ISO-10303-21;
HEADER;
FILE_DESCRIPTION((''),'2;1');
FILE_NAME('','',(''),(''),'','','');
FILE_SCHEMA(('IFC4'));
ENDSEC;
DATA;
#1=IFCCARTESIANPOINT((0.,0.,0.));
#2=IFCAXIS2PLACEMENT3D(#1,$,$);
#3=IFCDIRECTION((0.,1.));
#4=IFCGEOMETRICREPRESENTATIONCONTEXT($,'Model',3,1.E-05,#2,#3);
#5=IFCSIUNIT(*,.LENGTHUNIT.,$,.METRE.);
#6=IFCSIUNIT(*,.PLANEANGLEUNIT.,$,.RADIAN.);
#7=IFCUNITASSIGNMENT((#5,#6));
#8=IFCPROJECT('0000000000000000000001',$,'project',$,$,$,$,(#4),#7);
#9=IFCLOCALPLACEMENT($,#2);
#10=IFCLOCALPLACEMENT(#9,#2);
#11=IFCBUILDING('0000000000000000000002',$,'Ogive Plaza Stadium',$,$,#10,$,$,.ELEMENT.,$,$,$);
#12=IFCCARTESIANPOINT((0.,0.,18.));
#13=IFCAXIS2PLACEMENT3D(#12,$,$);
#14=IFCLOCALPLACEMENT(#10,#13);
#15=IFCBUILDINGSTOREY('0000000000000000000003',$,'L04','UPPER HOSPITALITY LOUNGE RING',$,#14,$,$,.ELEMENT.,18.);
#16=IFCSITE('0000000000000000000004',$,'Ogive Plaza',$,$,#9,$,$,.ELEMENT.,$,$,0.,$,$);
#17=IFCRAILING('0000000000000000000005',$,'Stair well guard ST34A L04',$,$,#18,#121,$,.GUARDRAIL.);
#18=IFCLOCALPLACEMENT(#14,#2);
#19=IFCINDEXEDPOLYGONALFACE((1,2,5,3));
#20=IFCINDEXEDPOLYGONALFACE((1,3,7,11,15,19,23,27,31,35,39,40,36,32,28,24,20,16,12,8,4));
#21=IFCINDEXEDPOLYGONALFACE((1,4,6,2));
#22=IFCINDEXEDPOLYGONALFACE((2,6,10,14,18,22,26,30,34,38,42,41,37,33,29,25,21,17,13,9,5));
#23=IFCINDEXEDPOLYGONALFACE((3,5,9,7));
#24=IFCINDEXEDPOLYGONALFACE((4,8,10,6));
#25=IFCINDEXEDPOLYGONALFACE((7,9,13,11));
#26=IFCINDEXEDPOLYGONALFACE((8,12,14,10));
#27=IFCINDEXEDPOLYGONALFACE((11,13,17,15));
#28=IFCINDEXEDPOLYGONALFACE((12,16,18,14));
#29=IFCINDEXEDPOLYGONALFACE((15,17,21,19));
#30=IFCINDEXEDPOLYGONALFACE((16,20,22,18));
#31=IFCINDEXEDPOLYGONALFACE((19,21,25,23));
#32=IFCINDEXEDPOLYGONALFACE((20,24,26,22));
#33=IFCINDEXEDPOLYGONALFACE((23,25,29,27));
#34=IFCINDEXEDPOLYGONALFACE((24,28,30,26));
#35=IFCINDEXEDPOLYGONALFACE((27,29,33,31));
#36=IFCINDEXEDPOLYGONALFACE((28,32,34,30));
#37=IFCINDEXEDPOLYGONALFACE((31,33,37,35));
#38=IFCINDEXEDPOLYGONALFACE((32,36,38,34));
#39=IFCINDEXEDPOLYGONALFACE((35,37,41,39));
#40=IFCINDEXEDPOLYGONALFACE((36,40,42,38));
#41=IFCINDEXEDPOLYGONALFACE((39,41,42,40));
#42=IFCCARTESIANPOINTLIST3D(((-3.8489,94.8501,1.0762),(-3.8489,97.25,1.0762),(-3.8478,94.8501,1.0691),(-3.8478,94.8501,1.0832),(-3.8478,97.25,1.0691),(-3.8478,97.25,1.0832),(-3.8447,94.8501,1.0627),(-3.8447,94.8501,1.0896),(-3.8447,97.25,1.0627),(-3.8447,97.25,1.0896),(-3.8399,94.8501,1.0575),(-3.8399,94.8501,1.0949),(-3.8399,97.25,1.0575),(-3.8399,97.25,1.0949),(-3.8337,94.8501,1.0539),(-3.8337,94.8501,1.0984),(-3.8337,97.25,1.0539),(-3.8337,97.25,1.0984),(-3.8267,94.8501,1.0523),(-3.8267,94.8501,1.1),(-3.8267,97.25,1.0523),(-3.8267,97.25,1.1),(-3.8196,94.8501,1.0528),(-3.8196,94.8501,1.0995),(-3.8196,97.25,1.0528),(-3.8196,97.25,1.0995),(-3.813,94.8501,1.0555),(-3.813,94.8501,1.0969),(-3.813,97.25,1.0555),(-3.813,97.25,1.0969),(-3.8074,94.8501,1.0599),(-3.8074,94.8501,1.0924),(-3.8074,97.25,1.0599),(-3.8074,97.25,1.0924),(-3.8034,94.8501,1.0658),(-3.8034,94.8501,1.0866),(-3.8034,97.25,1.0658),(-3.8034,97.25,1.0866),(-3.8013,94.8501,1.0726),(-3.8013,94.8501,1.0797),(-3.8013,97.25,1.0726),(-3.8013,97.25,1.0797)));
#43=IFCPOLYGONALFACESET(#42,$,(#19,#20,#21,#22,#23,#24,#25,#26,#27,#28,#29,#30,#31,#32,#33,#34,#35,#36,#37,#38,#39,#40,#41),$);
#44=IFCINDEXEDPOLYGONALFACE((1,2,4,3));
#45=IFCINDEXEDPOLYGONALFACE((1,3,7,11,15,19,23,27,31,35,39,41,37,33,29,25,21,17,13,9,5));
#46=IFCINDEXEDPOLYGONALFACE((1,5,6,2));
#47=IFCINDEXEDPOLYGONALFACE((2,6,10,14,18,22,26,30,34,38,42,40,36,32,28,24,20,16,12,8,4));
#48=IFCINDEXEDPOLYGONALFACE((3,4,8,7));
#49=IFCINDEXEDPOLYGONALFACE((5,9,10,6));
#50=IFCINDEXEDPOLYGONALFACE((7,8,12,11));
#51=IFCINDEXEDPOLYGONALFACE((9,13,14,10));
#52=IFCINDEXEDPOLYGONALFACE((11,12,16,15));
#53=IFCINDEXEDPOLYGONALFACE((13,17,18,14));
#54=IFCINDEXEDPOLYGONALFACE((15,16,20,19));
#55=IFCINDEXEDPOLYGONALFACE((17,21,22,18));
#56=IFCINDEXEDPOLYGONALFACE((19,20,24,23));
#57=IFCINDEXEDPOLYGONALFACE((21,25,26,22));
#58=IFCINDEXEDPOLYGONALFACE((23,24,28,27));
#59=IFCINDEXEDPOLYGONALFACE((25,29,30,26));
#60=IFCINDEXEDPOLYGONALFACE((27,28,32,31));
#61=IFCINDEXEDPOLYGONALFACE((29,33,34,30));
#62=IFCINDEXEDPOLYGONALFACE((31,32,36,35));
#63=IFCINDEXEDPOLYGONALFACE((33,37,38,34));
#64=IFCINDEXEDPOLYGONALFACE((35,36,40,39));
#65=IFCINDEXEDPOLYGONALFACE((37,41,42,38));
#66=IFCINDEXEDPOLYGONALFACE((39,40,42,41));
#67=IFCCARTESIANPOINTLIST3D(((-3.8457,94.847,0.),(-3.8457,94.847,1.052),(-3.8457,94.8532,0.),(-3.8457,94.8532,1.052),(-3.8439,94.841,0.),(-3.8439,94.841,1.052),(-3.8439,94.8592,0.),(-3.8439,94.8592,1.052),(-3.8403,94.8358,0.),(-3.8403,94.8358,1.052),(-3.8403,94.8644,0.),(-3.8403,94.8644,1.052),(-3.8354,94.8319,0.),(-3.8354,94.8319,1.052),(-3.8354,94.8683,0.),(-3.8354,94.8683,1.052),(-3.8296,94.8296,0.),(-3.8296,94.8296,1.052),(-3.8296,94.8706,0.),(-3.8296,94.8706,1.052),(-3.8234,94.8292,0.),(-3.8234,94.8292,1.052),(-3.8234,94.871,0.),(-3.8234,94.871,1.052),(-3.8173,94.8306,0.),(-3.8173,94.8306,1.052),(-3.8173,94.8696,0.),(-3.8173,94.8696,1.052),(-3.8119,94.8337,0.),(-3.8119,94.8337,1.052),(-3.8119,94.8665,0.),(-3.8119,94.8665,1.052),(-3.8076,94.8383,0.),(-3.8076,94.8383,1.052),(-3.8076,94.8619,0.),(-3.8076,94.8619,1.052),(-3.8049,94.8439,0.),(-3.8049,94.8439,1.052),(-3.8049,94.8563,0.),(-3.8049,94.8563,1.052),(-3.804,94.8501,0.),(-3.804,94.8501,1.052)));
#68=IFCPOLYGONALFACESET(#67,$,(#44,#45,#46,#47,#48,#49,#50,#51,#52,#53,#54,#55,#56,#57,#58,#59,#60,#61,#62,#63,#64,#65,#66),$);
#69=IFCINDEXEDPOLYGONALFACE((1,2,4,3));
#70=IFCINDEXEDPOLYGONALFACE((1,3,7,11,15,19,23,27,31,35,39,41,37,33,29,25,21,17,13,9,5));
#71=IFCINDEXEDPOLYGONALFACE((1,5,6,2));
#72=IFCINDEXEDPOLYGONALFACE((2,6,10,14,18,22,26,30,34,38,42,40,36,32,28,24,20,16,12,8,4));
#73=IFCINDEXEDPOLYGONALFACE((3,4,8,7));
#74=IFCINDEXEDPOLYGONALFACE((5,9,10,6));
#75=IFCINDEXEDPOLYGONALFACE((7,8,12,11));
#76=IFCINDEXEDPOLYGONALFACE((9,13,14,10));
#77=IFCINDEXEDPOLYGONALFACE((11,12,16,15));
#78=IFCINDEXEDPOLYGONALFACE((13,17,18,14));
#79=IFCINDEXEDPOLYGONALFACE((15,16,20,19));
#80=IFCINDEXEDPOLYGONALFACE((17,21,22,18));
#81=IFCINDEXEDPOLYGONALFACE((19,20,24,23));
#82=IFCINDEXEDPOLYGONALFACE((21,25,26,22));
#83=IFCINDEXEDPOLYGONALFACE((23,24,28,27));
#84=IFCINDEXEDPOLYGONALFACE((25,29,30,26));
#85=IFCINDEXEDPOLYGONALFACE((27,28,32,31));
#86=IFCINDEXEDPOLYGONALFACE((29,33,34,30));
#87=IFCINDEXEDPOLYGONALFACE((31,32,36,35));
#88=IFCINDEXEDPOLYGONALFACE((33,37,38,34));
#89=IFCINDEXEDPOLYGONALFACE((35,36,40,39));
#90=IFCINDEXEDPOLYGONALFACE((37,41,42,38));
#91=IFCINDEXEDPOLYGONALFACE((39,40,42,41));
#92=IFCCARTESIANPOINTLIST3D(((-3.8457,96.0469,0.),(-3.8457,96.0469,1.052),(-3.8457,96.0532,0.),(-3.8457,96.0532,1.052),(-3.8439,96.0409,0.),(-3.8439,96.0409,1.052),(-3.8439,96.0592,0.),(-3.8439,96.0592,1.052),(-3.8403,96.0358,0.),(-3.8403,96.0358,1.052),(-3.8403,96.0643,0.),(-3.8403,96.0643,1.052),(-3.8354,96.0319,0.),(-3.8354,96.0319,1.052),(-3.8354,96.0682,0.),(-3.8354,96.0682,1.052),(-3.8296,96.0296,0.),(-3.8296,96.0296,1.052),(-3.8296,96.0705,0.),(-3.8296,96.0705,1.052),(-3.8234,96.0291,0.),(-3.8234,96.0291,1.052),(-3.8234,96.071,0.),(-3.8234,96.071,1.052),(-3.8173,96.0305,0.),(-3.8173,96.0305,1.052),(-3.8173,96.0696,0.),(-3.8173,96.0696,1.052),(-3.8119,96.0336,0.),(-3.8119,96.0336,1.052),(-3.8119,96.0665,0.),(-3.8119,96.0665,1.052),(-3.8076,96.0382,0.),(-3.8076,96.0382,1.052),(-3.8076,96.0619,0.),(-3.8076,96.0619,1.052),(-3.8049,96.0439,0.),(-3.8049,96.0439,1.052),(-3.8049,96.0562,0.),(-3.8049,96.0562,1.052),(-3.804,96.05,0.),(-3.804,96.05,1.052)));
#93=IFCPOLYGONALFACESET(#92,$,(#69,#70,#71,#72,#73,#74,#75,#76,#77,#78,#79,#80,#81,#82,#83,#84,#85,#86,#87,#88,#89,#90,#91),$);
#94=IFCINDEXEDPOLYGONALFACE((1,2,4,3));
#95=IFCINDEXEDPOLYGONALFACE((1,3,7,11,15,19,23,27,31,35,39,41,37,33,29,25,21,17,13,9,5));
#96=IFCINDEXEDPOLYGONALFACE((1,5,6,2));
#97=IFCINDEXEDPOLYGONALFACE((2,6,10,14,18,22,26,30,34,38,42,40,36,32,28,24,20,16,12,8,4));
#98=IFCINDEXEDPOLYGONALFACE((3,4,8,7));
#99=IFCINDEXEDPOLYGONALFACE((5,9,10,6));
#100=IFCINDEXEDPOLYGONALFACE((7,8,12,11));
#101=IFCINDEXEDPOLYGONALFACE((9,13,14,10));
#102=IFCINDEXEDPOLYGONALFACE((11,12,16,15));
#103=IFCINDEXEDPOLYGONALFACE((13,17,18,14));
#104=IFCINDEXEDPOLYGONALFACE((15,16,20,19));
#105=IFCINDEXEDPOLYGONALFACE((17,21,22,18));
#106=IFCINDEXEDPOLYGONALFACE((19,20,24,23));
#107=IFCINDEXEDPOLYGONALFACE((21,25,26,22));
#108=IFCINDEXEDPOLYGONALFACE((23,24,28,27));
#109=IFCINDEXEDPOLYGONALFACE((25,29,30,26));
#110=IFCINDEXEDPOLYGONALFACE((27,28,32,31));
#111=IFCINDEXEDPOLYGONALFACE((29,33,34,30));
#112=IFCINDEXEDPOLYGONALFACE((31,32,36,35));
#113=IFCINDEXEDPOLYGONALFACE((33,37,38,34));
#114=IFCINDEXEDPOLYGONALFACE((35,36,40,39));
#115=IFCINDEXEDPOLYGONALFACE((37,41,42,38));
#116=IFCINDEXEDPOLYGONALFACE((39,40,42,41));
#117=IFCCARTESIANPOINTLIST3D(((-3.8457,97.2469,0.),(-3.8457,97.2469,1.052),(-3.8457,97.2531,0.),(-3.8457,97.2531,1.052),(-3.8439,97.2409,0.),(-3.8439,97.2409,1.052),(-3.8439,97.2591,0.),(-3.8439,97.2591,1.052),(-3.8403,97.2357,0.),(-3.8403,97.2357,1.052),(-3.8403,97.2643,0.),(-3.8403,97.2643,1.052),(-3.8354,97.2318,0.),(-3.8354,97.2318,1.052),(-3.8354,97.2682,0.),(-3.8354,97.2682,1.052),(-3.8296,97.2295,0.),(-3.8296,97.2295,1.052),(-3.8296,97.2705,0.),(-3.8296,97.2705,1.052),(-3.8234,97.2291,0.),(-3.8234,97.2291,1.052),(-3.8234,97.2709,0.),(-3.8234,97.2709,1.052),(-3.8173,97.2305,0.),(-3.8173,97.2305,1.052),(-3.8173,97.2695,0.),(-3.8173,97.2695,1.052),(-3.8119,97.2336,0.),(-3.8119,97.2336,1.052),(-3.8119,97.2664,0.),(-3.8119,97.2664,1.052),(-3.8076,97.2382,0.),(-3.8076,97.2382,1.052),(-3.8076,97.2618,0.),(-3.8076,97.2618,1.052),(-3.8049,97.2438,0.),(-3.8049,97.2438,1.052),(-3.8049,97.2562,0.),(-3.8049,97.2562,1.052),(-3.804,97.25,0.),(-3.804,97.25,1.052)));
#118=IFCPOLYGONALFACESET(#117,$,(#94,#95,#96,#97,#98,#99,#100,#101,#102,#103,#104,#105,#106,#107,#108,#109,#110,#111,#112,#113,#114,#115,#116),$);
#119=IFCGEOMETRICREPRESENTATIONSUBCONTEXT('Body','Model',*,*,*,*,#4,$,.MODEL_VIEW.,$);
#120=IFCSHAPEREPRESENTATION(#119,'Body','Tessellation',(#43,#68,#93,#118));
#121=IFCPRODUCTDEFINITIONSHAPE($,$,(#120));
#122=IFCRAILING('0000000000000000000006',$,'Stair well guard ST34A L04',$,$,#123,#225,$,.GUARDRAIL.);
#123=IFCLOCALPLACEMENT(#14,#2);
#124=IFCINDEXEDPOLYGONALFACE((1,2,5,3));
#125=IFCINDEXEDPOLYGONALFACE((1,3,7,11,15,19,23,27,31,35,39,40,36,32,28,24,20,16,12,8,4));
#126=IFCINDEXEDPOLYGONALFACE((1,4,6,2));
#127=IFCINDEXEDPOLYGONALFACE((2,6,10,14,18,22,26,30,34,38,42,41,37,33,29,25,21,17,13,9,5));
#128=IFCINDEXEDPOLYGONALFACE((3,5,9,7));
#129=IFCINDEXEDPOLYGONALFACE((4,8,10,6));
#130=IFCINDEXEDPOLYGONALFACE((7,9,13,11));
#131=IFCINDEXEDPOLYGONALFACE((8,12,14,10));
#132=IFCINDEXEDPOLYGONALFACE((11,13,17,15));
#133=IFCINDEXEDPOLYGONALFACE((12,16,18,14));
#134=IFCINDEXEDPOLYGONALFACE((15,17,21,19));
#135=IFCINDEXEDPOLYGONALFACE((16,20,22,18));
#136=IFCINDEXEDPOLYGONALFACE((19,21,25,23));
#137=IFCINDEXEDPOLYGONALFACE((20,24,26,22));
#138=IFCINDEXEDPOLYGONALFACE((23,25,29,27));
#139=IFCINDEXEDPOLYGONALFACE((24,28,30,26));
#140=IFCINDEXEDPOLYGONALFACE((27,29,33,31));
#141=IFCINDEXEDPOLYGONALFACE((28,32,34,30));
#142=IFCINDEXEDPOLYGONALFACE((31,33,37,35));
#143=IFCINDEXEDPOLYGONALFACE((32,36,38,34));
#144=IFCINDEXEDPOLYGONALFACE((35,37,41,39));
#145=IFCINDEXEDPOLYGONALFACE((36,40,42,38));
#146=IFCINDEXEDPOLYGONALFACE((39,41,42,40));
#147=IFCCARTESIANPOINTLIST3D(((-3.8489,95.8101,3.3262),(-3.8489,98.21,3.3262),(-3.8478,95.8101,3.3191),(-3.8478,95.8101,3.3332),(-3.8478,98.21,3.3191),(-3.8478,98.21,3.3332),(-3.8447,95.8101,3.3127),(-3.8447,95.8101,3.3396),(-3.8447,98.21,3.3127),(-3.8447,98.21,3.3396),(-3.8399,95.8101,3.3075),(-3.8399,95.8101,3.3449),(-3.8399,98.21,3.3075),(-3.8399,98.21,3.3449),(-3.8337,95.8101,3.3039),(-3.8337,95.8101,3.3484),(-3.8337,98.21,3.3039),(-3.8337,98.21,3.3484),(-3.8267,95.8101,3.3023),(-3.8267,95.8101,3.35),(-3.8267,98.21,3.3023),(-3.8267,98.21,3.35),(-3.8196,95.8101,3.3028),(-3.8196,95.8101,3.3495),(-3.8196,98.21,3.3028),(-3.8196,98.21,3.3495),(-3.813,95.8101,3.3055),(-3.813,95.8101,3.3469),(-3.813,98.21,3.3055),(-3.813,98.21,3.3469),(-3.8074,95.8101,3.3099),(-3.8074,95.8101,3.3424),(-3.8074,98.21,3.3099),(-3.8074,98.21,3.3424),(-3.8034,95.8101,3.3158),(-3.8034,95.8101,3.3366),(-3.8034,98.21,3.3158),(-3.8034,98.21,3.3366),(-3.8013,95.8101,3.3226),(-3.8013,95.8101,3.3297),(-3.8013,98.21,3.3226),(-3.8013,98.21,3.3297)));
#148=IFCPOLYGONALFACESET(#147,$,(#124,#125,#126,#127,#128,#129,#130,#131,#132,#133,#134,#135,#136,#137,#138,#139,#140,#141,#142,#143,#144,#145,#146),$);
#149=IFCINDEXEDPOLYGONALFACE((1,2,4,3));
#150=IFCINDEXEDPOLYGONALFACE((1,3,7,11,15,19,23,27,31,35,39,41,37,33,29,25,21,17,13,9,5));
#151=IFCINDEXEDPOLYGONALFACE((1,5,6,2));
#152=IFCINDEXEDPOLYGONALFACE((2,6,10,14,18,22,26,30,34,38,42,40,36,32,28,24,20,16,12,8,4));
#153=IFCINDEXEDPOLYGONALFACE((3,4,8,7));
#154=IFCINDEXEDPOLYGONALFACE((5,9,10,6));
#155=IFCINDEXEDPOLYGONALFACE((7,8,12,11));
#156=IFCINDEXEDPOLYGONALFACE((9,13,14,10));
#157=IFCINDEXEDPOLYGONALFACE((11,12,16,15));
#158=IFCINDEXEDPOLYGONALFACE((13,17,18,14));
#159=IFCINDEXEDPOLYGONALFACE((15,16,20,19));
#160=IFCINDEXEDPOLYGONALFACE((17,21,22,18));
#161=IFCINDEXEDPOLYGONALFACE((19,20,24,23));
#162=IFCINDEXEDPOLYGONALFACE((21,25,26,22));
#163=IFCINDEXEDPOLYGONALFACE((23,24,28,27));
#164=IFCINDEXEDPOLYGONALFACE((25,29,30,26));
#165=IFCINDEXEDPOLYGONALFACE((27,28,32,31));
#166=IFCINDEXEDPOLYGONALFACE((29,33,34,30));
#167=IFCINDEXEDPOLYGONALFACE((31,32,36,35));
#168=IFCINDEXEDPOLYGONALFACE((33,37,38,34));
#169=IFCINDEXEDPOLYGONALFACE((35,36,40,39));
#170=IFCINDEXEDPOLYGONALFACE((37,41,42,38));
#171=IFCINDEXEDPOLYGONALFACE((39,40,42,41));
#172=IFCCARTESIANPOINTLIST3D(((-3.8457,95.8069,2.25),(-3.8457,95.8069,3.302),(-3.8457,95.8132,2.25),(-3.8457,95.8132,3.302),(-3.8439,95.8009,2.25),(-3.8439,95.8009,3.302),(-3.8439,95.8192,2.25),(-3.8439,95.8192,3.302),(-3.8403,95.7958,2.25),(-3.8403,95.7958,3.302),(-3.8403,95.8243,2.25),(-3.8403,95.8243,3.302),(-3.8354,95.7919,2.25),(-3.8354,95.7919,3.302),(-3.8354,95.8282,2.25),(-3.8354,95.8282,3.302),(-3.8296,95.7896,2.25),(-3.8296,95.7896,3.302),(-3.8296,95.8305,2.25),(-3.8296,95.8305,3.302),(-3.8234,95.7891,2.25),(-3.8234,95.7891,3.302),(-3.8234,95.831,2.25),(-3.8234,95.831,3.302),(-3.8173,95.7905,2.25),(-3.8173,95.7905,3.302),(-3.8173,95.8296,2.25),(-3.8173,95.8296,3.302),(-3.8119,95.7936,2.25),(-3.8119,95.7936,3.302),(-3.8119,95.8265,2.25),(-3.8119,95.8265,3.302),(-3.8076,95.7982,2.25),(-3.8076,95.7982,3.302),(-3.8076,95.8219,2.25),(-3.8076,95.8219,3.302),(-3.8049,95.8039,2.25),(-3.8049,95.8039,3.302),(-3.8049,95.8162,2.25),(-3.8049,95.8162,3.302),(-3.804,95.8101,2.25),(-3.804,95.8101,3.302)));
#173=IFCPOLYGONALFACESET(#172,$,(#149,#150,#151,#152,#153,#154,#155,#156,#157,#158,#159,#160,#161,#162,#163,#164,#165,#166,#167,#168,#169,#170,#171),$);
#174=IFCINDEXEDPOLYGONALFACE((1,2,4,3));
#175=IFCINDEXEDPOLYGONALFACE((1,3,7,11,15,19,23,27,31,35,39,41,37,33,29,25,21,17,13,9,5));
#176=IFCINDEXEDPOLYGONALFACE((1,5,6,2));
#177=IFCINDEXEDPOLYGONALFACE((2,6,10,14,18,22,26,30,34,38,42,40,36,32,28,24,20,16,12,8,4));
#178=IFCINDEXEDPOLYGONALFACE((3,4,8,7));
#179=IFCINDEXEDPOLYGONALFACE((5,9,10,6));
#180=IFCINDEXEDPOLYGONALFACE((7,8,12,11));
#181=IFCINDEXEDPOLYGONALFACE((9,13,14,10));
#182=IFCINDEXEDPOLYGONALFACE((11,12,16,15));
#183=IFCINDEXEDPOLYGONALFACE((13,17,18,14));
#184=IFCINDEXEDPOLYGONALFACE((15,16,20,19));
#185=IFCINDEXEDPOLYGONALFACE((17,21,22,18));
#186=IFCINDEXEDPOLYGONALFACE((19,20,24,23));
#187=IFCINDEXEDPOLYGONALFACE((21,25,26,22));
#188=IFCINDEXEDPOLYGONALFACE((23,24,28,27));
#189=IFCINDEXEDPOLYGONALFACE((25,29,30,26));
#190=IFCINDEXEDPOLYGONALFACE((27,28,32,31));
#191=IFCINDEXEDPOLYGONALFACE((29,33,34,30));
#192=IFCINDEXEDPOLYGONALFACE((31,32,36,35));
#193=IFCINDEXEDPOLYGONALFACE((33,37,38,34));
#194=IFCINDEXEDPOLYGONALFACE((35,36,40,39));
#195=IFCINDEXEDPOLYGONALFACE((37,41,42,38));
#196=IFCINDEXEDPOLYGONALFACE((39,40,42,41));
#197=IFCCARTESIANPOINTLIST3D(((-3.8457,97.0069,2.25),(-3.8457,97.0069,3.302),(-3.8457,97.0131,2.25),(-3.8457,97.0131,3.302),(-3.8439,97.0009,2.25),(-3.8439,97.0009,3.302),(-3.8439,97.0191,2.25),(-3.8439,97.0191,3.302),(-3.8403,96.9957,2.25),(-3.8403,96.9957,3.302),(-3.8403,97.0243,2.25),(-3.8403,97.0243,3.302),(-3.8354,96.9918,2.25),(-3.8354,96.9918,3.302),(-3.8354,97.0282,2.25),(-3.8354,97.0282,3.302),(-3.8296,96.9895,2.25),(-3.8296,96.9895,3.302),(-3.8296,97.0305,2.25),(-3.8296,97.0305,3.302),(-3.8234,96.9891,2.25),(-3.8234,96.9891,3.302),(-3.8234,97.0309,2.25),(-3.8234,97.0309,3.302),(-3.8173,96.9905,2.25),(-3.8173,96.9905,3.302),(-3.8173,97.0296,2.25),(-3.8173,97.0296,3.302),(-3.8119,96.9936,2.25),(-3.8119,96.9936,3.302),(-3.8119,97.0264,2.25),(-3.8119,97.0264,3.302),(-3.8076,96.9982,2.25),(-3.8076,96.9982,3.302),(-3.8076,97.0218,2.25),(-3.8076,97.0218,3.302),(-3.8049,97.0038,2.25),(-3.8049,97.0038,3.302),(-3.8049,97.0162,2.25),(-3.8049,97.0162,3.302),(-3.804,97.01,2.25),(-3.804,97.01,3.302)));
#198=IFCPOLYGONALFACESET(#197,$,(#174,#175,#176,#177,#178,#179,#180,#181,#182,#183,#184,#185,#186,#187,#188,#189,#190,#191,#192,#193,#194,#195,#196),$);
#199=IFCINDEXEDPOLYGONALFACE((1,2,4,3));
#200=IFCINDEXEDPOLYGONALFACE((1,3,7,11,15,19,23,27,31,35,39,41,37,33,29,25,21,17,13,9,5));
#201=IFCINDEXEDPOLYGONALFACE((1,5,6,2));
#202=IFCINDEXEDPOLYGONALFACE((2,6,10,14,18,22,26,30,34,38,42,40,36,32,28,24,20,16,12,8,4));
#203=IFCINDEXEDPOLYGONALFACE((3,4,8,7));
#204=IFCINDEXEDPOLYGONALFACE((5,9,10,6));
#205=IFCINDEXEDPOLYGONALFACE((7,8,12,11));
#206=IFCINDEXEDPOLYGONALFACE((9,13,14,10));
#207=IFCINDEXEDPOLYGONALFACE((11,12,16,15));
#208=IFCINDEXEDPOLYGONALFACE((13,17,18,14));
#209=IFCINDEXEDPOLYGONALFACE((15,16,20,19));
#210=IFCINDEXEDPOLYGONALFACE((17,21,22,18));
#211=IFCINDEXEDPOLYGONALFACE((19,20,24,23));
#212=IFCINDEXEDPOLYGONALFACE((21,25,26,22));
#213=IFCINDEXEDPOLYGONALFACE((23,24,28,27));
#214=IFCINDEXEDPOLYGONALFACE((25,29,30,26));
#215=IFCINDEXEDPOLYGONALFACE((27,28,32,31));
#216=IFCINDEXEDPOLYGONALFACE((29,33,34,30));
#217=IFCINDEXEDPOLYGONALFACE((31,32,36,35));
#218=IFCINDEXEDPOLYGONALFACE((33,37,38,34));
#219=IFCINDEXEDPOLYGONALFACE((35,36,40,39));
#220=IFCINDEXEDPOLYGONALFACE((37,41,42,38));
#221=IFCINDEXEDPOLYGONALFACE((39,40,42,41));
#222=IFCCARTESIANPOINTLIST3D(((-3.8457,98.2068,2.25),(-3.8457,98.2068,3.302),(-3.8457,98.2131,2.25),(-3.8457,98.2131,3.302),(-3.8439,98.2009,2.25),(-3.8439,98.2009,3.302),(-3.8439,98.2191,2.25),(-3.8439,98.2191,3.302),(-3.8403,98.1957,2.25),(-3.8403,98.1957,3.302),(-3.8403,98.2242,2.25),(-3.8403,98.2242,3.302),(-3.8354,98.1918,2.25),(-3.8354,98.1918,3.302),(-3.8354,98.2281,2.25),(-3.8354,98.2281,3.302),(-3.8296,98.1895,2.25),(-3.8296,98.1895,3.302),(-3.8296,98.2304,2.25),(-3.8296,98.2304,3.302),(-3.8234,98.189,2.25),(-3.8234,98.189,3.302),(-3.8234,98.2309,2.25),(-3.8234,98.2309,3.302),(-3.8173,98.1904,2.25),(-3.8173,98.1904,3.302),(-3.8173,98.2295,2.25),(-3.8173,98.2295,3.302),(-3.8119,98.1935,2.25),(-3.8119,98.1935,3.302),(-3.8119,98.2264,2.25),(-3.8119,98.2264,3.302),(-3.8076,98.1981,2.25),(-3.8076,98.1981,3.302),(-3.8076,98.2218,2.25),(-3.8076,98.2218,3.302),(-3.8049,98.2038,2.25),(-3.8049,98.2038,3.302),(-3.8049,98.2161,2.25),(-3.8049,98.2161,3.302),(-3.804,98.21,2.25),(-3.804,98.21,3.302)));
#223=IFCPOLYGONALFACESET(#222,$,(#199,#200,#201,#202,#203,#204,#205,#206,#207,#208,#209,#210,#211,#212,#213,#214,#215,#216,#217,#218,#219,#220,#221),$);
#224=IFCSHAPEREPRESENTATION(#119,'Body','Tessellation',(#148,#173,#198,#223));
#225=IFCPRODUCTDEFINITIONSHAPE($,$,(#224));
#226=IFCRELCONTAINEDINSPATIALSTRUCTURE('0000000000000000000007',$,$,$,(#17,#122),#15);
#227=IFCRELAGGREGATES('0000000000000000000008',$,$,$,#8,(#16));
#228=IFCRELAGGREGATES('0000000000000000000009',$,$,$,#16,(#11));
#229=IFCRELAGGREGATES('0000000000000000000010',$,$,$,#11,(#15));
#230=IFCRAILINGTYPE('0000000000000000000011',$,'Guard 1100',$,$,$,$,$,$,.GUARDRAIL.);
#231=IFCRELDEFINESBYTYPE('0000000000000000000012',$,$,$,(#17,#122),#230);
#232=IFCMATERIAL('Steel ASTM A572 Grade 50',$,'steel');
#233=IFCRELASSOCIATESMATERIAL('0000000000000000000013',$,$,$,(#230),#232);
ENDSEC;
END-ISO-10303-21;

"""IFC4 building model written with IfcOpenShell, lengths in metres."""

from ifc_helpers import new_model, si_unit, direction, frame, origin, origin_2d, place, context, subcontext, project, spatial, circle, extrude, material, type_object, element, save


model = new_model("IFC4")

# Units and contexts
model_context = context("Model", 3, precision=1e-05, world=origin(), true_north=direction((0.0, 1.0)))
body_context = subcontext(model_context, "Body", "Model", "MODEL_VIEW")
ifc_project = project(units=[si_unit("LENGTHUNIT", "METRE"), si_unit("PLANEANGLEUNIT", "RADIAN")], contexts=[model_context])

# Site, building, storey
site_placement = place(None, origin())
site = spatial("IfcSite", under=ifc_project, at=site_placement, Name="Ogive Plaza", CompositionType="ELEMENT", RefElevation=0.0)
building_placement = place(site_placement, origin())
building = spatial("IfcBuilding", under=site, at=building_placement, Name="Ogive Plaza Stadium", CompositionType="ELEMENT")
storey_placement = place(building_placement, frame((0.0, 0.0, 18.0)))
storey = spatial("IfcBuildingStorey", under=building, at=storey_placement, Name="L04", Description="UPPER HOSPITALITY LOUNGE RING", CompositionType="ELEMENT", Elevation=18.0)

# Railings
ifc_material_1 = material(Name="Steel ASTM A572 Grade 50", Category="steel")
railing_type_1 = type_object("IfcRailingType", Name="Guard 1100", PredefinedType="GUARDRAIL", material=ifc_material_1)
for number, where, name in (
    (1, (-3.825, 94.8501, 0.0), "Stair well guard ST34A L04"),
    (2, (-3.825, 95.8101, 2.25), "Stair well guard ST34A L04"),
):
    element("IfcRailing", number, at=place(storey_placement, frame(where)), inside=storey, type_object=railing_type_1, Name=name, PredefinedType="GUARDRAIL", context=body_context, shape_type="SweptSolid", body=[
        extrude(circle(Radius=0.0239, at=origin_2d()), frame((0.0, 0.0, 1.0762), z_axis=(0.0, 1.0, 0.0), x_axis=(-1.0, 0.0, 0.0)), (0.0, 0.0, 1.0), 2.3999),
        extrude(circle(Radius=0.021, at=origin_2d()), origin(), (0.0, 0.0, 1.0), 1.052),
        extrude(circle(Radius=0.021, at=origin_2d()), frame((0.0, 1.2, 0.0)), (0.0, 0.0, 1.0), 1.052),
        extrude(circle(Radius=0.021, at=origin_2d()), frame((0.0, 2.3999, 0.0)), (0.0, 0.0, 1.0), 1.052),
    ])

save(model, "model.ifc")
